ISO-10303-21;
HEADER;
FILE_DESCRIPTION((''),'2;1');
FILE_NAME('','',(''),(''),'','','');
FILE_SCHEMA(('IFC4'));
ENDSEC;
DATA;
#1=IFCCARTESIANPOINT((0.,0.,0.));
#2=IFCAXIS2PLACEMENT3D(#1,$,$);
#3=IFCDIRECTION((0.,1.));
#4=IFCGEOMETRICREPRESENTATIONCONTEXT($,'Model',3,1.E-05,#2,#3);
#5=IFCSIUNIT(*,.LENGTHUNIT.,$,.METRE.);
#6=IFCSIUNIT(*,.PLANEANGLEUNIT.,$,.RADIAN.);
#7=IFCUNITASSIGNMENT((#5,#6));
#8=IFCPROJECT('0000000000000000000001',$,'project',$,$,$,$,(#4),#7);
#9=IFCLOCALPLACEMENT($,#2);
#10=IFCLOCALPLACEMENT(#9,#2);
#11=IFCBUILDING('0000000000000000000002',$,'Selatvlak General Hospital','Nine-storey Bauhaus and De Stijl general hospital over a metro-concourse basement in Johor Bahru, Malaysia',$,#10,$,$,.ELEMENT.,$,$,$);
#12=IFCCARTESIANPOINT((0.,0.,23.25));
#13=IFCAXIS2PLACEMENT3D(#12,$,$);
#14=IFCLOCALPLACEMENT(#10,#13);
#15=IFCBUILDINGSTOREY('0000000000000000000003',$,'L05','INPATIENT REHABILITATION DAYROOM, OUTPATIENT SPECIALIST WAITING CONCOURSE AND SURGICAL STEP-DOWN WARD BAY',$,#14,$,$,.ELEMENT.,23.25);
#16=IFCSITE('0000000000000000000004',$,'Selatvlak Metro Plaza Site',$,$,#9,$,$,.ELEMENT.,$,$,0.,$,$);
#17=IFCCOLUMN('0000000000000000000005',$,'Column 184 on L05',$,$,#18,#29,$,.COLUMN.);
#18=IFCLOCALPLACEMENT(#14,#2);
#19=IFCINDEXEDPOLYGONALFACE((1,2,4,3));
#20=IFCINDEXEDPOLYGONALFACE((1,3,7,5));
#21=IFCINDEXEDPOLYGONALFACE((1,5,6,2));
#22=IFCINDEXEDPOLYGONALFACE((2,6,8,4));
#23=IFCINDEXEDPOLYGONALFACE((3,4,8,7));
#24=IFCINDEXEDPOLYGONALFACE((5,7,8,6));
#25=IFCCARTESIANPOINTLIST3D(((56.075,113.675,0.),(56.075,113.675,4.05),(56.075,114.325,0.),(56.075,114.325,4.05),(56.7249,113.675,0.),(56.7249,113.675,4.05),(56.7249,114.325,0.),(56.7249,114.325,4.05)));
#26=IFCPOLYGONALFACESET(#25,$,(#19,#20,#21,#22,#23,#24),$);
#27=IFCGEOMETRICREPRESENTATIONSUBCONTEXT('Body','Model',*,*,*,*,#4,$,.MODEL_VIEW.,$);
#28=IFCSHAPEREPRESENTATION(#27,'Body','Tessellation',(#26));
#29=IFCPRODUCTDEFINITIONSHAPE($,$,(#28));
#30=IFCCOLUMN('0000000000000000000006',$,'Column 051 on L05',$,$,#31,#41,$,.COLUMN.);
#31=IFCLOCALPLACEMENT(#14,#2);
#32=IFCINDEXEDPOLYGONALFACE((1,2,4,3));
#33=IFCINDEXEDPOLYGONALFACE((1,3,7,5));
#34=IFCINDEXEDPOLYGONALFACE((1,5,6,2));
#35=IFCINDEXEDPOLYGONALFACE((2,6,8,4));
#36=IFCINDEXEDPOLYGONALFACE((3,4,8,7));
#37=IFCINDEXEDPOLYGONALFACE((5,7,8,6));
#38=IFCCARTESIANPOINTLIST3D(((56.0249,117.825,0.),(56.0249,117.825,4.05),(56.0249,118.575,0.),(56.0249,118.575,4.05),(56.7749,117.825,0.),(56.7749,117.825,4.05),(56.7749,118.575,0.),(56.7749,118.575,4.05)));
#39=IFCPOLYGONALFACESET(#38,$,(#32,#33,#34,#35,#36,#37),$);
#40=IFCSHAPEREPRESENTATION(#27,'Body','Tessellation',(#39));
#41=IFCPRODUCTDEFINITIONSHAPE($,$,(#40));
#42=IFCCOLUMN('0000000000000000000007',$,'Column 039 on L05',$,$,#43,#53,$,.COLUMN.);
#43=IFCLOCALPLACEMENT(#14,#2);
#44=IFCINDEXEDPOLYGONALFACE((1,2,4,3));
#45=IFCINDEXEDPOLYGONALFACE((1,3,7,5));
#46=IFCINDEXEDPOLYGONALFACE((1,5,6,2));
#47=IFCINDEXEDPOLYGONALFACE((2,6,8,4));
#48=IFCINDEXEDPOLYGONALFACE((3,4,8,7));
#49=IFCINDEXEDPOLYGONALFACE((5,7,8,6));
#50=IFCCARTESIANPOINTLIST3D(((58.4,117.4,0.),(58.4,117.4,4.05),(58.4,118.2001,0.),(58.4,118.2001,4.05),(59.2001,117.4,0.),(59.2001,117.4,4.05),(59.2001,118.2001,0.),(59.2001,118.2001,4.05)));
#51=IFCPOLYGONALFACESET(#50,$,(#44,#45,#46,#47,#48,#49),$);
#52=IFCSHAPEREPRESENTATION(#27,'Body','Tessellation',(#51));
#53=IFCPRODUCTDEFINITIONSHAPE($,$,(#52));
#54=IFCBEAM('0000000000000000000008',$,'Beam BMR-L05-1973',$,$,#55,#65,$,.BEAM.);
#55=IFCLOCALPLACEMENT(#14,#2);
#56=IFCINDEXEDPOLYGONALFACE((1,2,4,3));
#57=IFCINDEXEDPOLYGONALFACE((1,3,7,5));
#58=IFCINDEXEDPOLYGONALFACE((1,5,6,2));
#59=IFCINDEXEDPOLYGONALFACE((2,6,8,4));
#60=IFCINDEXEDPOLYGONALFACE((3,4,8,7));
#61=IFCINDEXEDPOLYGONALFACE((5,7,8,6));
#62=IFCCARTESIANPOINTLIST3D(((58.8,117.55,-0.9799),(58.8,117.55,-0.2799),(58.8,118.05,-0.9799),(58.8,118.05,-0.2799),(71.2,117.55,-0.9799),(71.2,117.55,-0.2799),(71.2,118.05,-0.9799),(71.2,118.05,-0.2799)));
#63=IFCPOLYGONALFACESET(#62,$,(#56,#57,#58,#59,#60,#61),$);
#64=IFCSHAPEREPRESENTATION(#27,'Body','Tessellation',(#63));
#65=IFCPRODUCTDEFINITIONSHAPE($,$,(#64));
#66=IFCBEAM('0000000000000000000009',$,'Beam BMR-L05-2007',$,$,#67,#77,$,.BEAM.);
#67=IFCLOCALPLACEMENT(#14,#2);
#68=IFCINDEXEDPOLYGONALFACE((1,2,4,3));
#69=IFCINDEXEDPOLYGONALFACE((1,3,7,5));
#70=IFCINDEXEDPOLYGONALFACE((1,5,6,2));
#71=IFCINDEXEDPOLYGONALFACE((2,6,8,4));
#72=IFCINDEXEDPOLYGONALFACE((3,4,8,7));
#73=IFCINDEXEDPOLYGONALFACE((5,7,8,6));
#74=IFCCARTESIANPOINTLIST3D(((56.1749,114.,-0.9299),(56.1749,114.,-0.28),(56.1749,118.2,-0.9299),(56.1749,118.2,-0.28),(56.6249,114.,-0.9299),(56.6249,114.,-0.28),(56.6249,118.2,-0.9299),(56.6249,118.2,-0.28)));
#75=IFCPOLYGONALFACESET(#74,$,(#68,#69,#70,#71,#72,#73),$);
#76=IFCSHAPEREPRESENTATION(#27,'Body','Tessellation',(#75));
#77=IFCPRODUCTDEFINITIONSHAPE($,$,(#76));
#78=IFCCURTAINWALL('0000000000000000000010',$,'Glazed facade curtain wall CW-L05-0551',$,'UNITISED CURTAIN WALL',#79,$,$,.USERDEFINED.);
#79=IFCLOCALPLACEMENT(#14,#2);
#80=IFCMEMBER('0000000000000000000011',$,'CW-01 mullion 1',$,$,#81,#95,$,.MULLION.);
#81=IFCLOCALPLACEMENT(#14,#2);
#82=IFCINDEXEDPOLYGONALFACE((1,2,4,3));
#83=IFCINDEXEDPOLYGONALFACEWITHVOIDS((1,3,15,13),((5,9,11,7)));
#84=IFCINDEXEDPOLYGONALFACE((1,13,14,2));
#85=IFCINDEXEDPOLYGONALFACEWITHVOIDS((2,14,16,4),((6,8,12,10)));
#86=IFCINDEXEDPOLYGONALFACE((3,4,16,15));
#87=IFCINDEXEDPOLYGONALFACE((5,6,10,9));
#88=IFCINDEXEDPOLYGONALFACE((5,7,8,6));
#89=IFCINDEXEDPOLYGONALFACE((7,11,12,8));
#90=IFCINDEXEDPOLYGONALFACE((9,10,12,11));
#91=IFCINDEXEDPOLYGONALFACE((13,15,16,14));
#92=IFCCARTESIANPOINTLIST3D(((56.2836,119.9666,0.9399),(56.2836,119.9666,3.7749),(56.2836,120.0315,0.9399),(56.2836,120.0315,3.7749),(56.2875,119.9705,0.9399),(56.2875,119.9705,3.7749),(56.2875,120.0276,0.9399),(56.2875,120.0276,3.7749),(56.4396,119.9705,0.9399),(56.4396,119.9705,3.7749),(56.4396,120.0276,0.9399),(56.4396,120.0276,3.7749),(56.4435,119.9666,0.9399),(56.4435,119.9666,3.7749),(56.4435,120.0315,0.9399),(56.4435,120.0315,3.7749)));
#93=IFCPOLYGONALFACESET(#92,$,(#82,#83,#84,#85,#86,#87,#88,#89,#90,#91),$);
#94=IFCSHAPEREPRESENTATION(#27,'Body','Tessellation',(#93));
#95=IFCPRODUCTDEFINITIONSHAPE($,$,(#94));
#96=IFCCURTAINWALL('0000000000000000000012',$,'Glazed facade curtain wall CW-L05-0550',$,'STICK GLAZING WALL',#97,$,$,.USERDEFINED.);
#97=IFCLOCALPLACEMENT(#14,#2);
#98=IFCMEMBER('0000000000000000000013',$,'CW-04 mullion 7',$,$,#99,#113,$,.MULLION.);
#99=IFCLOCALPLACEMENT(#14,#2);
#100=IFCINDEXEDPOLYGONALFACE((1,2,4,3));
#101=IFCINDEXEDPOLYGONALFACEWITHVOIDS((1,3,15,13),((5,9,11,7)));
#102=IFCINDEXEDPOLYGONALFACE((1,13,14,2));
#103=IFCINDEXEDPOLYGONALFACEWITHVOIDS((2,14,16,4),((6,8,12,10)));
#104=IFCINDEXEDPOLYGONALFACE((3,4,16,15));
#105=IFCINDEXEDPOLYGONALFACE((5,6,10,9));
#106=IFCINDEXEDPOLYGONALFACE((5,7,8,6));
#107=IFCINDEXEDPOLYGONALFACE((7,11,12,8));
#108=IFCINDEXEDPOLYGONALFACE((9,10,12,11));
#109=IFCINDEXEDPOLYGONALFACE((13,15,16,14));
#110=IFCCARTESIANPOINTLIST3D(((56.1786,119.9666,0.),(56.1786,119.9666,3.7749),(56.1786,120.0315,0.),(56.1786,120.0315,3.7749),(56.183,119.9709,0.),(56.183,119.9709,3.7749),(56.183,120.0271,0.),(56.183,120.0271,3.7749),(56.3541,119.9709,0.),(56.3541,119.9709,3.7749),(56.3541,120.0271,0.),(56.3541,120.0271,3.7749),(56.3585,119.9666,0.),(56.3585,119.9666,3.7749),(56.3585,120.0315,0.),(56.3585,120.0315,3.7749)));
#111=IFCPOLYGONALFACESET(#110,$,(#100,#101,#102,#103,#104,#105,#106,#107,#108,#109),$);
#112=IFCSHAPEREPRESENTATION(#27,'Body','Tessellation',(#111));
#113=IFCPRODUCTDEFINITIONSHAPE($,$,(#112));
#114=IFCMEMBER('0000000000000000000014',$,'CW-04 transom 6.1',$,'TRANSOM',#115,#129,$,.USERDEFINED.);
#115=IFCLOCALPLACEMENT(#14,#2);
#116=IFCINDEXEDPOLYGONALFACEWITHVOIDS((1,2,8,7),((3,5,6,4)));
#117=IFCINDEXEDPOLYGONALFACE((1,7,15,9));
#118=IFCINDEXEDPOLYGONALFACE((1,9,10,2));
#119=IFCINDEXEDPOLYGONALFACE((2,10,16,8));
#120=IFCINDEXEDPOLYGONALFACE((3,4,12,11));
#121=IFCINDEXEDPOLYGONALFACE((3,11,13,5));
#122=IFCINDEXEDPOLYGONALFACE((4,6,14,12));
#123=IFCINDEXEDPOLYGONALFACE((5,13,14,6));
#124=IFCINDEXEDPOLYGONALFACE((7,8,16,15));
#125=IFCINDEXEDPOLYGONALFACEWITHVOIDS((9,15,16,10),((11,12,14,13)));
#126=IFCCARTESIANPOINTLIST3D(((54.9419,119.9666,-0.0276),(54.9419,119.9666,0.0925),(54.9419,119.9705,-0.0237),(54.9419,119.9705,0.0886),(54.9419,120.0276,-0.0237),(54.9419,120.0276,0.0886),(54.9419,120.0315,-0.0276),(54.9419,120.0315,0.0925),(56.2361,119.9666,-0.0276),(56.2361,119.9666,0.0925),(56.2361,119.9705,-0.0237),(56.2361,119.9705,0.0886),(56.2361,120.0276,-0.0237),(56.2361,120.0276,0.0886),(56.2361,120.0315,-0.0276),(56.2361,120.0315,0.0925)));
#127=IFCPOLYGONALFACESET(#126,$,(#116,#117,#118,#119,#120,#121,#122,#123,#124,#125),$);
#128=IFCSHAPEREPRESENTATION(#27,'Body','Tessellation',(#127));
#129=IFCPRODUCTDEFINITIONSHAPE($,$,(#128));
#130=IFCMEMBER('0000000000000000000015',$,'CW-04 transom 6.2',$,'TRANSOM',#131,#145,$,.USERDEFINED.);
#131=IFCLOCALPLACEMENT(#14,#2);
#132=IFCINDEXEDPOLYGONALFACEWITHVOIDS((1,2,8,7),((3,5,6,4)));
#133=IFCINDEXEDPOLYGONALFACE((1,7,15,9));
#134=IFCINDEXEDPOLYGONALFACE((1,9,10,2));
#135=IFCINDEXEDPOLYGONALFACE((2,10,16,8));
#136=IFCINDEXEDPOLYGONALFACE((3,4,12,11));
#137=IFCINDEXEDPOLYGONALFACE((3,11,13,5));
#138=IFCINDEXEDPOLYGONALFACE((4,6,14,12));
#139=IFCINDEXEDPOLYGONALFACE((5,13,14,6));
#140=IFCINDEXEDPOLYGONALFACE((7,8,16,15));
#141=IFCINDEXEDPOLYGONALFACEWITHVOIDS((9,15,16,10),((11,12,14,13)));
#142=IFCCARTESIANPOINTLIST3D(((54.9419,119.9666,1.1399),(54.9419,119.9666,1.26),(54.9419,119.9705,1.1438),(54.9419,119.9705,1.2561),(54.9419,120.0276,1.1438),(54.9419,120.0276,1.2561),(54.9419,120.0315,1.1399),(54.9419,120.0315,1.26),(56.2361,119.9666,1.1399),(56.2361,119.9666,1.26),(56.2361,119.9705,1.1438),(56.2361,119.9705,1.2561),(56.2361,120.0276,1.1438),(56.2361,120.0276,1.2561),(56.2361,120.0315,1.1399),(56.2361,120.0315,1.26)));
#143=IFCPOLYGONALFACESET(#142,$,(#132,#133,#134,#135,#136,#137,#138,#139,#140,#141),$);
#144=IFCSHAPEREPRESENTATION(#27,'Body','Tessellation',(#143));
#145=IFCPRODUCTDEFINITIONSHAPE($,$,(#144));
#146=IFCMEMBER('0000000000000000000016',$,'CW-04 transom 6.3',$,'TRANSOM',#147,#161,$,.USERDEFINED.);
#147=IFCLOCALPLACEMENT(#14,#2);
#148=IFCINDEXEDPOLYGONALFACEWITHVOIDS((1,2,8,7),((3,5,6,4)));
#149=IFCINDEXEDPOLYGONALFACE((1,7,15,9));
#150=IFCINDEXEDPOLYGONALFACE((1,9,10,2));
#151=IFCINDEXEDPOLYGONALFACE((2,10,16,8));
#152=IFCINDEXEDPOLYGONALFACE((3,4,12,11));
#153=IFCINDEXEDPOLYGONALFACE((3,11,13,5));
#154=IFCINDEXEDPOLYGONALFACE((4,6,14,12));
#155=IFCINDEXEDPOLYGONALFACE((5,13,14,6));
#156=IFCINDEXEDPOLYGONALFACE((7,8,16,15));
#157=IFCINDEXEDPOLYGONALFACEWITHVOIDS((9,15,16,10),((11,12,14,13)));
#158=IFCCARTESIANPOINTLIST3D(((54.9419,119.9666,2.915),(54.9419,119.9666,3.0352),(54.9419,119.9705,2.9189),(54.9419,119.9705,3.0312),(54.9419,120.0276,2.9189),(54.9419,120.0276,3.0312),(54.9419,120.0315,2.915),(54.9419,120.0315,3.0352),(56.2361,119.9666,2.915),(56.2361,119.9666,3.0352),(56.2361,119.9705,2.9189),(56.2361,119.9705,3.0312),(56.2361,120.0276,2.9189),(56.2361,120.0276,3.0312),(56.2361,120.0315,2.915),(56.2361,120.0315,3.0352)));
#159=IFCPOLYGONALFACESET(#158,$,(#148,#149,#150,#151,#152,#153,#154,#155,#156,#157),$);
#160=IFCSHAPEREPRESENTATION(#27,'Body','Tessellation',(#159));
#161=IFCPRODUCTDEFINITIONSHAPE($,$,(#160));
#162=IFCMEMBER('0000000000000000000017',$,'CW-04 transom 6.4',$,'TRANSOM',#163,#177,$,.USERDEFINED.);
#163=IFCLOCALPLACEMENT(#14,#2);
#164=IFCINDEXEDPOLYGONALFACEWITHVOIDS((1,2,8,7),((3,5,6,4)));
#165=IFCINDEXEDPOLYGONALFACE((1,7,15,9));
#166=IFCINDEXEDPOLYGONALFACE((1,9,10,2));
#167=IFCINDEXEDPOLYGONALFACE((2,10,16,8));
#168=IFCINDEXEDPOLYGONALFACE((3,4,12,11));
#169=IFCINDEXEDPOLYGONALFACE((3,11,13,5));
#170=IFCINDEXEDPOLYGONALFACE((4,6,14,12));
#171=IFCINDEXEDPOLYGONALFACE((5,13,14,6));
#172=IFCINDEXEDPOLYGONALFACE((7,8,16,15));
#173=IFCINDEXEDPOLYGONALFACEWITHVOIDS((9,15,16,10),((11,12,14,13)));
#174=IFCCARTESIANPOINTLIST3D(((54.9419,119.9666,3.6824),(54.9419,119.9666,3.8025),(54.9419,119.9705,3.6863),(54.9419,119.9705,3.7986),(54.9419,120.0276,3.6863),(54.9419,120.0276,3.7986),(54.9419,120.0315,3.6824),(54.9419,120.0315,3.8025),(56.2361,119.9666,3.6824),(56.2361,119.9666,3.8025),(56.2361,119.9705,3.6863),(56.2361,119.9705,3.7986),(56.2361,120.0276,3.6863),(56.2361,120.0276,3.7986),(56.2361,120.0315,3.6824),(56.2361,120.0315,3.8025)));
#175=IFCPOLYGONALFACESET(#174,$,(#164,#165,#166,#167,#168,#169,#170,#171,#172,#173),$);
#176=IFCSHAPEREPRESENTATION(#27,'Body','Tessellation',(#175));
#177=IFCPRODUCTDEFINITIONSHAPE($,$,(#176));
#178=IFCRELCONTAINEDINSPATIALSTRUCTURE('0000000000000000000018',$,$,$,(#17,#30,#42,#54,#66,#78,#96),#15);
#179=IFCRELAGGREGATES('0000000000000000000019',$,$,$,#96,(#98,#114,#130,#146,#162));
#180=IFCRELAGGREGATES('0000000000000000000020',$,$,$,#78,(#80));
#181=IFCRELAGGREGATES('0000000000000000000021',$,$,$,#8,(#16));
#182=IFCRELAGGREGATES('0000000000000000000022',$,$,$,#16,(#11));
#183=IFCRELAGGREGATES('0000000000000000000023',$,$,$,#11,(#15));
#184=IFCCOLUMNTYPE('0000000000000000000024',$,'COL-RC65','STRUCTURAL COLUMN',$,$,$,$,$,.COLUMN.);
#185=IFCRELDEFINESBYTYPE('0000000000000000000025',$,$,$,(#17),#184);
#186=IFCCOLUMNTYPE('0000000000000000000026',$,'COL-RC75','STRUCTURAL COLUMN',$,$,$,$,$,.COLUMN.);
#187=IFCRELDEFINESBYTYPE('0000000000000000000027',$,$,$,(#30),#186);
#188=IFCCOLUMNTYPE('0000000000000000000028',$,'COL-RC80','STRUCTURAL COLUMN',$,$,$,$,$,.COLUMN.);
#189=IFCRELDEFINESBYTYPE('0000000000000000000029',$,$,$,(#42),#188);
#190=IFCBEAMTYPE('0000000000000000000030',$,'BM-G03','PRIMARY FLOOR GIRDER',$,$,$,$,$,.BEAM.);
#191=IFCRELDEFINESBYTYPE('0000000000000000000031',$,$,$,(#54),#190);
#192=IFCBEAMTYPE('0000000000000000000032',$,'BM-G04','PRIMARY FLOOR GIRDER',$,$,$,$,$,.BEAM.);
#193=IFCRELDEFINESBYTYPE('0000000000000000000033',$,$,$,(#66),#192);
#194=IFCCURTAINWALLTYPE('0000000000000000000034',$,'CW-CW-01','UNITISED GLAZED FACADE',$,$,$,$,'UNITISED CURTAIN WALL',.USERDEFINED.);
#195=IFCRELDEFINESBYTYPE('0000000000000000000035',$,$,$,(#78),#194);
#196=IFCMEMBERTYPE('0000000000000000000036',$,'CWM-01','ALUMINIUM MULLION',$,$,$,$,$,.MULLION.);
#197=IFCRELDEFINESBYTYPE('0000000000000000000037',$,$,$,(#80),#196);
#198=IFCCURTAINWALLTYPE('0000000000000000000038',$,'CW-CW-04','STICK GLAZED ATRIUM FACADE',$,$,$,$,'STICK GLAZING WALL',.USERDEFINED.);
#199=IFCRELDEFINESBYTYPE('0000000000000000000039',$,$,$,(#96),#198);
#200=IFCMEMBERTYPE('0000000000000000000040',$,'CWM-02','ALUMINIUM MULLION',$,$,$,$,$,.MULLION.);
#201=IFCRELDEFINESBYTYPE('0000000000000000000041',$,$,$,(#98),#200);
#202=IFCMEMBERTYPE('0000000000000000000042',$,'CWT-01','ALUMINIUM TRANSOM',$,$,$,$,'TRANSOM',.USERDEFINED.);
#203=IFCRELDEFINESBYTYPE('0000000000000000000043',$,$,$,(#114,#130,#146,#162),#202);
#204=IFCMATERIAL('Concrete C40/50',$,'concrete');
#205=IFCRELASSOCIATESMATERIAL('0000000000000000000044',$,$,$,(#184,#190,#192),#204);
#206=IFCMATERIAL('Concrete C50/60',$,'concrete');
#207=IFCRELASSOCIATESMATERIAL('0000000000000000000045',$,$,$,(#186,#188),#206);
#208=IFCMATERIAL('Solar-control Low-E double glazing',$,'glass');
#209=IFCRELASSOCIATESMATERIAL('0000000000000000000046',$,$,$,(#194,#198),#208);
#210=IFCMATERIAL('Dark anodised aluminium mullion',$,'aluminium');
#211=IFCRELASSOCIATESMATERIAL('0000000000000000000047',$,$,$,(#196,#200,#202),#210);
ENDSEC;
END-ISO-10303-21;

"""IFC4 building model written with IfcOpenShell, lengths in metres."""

from ifc_helpers import new_model, si_unit, direction, frame, origin, origin_2d, place, context, subcontext, project, spatial, rectangle, hollow_rectangle, extrude, material, material_profile, profile_set, type_object, element, aggregate, save


model = new_model("IFC4")

# Units and contexts
model_context = context("Model", 3, precision=1e-05, world=origin(), true_north=direction((0.0, 1.0)))
body_context = subcontext(model_context, "Body", "Model", "MODEL_VIEW")
ifc_project = project(units=[si_unit("LENGTHUNIT", "METRE"), si_unit("PLANEANGLEUNIT", "RADIAN")], contexts=[model_context])

# Site, building, storey
site_placement = place(None, origin())
site = spatial("IfcSite", under=ifc_project, at=site_placement, Name="Selatvlak Metro Plaza Site", CompositionType="ELEMENT", RefElevation=0.0)
building_placement = place(site_placement, origin())
building = spatial("IfcBuilding", under=site, at=building_placement, Name="Selatvlak General Hospital", Description="Nine-storey Bauhaus and De Stijl general hospital over a metro-concourse basement in Johor Bahru, Malaysia", CompositionType="ELEMENT")
storey_placement = place(building_placement, frame((0.0, 0.0, 23.25)))
storey = spatial("IfcBuildingStorey", under=building, at=storey_placement, Name="L05", Description="INPATIENT REHABILITATION DAYROOM, OUTPATIENT SPECIALIST WAITING CONCOURSE AND SURGICAL STEP-DOWN WARD BAY", CompositionType="ELEMENT", Elevation=23.25)

# Columns
ifc_material_1 = material(Name="Concrete C40/50", Category="concrete")
ifc_material_profile_1 = material_profile(ifc_material_1, rectangle(XDim=0.6499, YDim=0.6499, at=origin_2d()), Name="RC-COL 650x650")
ifc_profile_set_1 = profile_set([ifc_material_profile_1], Name="Concrete C40/50")
column_type_1 = type_object("IfcColumnType", Name="COL-RC65", Description="STRUCTURAL COLUMN", PredefinedType="COLUMN", material=ifc_profile_set_1)
column_1_placement = place(storey_placement, frame((56.3999, 114.0, 0.0), z_axis=(0.0, 0.0, 1.0), x_axis=(1.0, 0.0, 0.0)))
element("IfcColumn", 1, at=column_1_placement, inside=storey, type_object=column_type_1, Name="Column 184 on L05", PredefinedType="COLUMN", context=body_context, shape_type="SweptSolid", body=[
    extrude(rectangle(XDim=0.6499, YDim=0.6499, at=origin_2d()), origin(), (0.0, 0.0, 1.0), 4.05),
])
ifc_material_2 = material(Name="Concrete C50/60", Category="concrete")
ifc_material_profile_2 = material_profile(ifc_material_2, rectangle(XDim=0.75, YDim=0.75, at=origin_2d()), Name="RC-COL 750x750")
ifc_profile_set_2 = profile_set([ifc_material_profile_2], Name="Concrete C50/60")
column_type_2 = type_object("IfcColumnType", Name="COL-RC75", Description="STRUCTURAL COLUMN", PredefinedType="COLUMN", material=ifc_profile_set_2)
column_2_placement = place(storey_placement, frame((56.3999, 118.2, 0.0), z_axis=(0.0, 0.0, 1.0), x_axis=(1.0, 0.0, 0.0)))
element("IfcColumn", 2, at=column_2_placement, inside=storey, type_object=column_type_2, Name="Column 051 on L05", PredefinedType="COLUMN", context=body_context, shape_type="SweptSolid", body=[
    extrude(rectangle(XDim=0.75, YDim=0.75, at=origin_2d()), origin(), (0.0, 0.0, 1.0), 4.05),
])
ifc_material_profile_3 = material_profile(ifc_material_2, rectangle(XDim=0.8, YDim=0.8, at=origin_2d()), Name="RC-COL 800x800")
ifc_profile_set_3 = profile_set([ifc_material_profile_3], Name="Concrete C50/60")
column_type_3 = type_object("IfcColumnType", Name="COL-RC80", Description="STRUCTURAL COLUMN", PredefinedType="COLUMN", material=ifc_profile_set_3)
column_3_placement = place(storey_placement, frame((58.8, 117.8, 0.0), z_axis=(0.0, 0.0, 1.0), x_axis=(1.0, 0.0, 0.0)))
element("IfcColumn", 3, at=column_3_placement, inside=storey, type_object=column_type_3, Name="Column 039 on L05", PredefinedType="COLUMN", context=body_context, shape_type="SweptSolid", body=[
    extrude(rectangle(XDim=0.8, YDim=0.8, at=origin_2d()), origin(), (0.0, 0.0, 1.0), 4.05),
])

# Beams
ifc_material_profile_4 = material_profile(ifc_material_1, rectangle(XDim=0.5, YDim=0.7, at=origin_2d()), Name="RC-BM 500x700")
ifc_profile_set_4 = profile_set([ifc_material_profile_4], Name="Concrete C40/50")
beam_type_1 = type_object("IfcBeamType", Name="BM-G03", Description="PRIMARY FLOOR GIRDER", PredefinedType="BEAM", material=ifc_profile_set_4)
beam_1_placement = place(storey_placement, frame((58.8, 117.8, -0.6299), z_axis=(1.0, 0.0, 0.0), x_axis=(0.0, 1.0, 0.0)))
element("IfcBeam", 4, at=beam_1_placement, inside=storey, type_object=beam_type_1, Name="Beam BMR-L05-1973", PredefinedType="BEAM", context=body_context, shape_type="SweptSolid", body=[
    extrude(rectangle(XDim=0.5, YDim=0.7, at=origin_2d()), origin(), (0.0, 0.0, 1.0), 12.3999),
])
ifc_material_profile_5 = material_profile(ifc_material_1, rectangle(XDim=0.45, YDim=0.6499, at=origin_2d()), Name="RC-BM 450x650")
ifc_profile_set_5 = profile_set([ifc_material_profile_5], Name="Concrete C40/50")
beam_type_2 = type_object("IfcBeamType", Name="BM-G04", Description="PRIMARY FLOOR GIRDER", PredefinedType="BEAM", material=ifc_profile_set_5)
beam_2_placement = place(storey_placement, frame((56.3999, 114.0, -0.605), z_axis=(0.0, 1.0, 0.0), x_axis=(-1.0, 0.0, 0.0)))
element("IfcBeam", 5, at=beam_2_placement, inside=storey, type_object=beam_type_2, Name="Beam BMR-L05-2007", PredefinedType="BEAM", context=body_context, shape_type="SweptSolid", body=[
    extrude(rectangle(XDim=0.45, YDim=0.6499, at=origin_2d()), origin(), (0.0, 0.0, 1.0), 4.2),
])

# Curtain wall, member
ifc_material_3 = material(Name="Solar-control Low-E double glazing", Category="glass")
curtain_wall_type_1 = type_object("IfcCurtainWallType", Name="CW-CW-01", Description="UNITISED GLAZED FACADE", ElementType="UNITISED CURTAIN WALL", PredefinedType="USERDEFINED", material=ifc_material_3)
curtain_wall_1_placement = place(storey_placement, origin())
curtain_wall_1 = element("IfcCurtainWall", 6, at=curtain_wall_1_placement, inside=storey, type_object=curtain_wall_type_1, Name="Glazed facade curtain wall CW-L05-0551", ObjectType="UNITISED CURTAIN WALL", PredefinedType="USERDEFINED")
ifc_material_4 = material(Name="Dark anodised aluminium mullion", Category="aluminium")
ifc_material_profile_6 = material_profile(ifc_material_4, hollow_rectangle(XDim=0.0649, YDim=0.1599, WallThickness=0.0039, at=origin_2d()), Name="AL-MUL 65x160x4")
ifc_profile_set_6 = profile_set([ifc_material_profile_6], Name="Dark anodised aluminium mullion")
member_type_1 = type_object("IfcMemberType", Name="CWM-01", Description="ALUMINIUM MULLION", PredefinedType="MULLION", material=ifc_profile_set_6)
member_1_placement = place(storey_placement, frame((56.3635, 119.999, 0.9399), z_axis=(0.0, 0.0, 1.0), x_axis=(0.0, 1.0, 0.0)))
member_1 = element("IfcMember", 7, at=member_1_placement, type_object=member_type_1, Name="CW-01 mullion 1", PredefinedType="MULLION", context=body_context, shape_type="SweptSolid", body=[
    extrude(hollow_rectangle(XDim=0.0649, YDim=0.1599, WallThickness=0.0039, at=origin_2d()), origin(), (0.0, 0.0, 1.0), 2.835),
])

# Curtain wall, members
curtain_wall_type_2 = type_object("IfcCurtainWallType", Name="CW-CW-04", Description="STICK GLAZED ATRIUM FACADE", ElementType="STICK GLAZING WALL", PredefinedType="USERDEFINED", material=ifc_material_3)
curtain_wall_2_placement = place(storey_placement, origin())
curtain_wall_2 = element("IfcCurtainWall", 8, at=curtain_wall_2_placement, inside=storey, type_object=curtain_wall_type_2, Name="Glazed facade curtain wall CW-L05-0550", ObjectType="STICK GLAZING WALL", PredefinedType="USERDEFINED")
ifc_material_profile_7 = material_profile(ifc_material_4, hollow_rectangle(XDim=0.0649, YDim=0.1799, WallThickness=0.0044, at=origin_2d()), Name="AL-MUL 65x180x4.5")
ifc_profile_set_7 = profile_set([ifc_material_profile_7], Name="Dark anodised aluminium mullion")
member_type_2 = type_object("IfcMemberType", Name="CWM-02", Description="ALUMINIUM MULLION", PredefinedType="MULLION", material=ifc_profile_set_7)
member_2_placement = place(storey_placement, frame((56.2686, 119.999, 0.0), z_axis=(0.0, 0.0, 1.0), x_axis=(0.0, 1.0, 0.0)))
member_2 = element("IfcMember", 9, at=member_2_placement, type_object=member_type_2, Name="CW-04 mullion 7", PredefinedType="MULLION", context=body_context, shape_type="SweptSolid", body=[
    extrude(hollow_rectangle(XDim=0.0649, YDim=0.1799, WallThickness=0.0044, at=origin_2d()), origin(), (0.0, 0.0, 1.0), 3.7749),
])
ifc_material_profile_8 = material_profile(ifc_material_4, hollow_rectangle(XDim=0.0649, YDim=0.1201, WallThickness=0.0039, at=origin_2d()), Name="AL-TRN 65x120x4")
ifc_profile_set_8 = profile_set([ifc_material_profile_8], Name="Dark anodised aluminium mullion")
member_type_3 = type_object("IfcMemberType", Name="CWT-01", Description="ALUMINIUM TRANSOM", ElementType="TRANSOM", PredefinedType="USERDEFINED", material=ifc_profile_set_8)
member_3_placement = place(storey_placement, frame((54.9419, 119.999, 0.0325), z_axis=(1.0, 0.0, 0.0), x_axis=(0.0, 1.0, 0.0)))
member_3 = element("IfcMember", 10, at=member_3_placement, type_object=member_type_3, Name="CW-04 transom 6.1", ObjectType="TRANSOM", PredefinedType="USERDEFINED", context=body_context, shape_type="SweptSolid", body=[
    extrude(hollow_rectangle(XDim=0.0649, YDim=0.1201, WallThickness=0.0039, at=origin_2d()), origin(), (0.0, 0.0, 1.0), 1.2942),
])
member_4_placement = place(storey_placement, frame((54.9419, 119.999, 1.2), z_axis=(1.0, 0.0, 0.0), x_axis=(0.0, 1.0, 0.0)))
member_4 = element("IfcMember", 11, at=member_4_placement, type_object=member_type_3, Name="CW-04 transom 6.2", ObjectType="TRANSOM", PredefinedType="USERDEFINED", context=body_context, shape_type="SweptSolid", body=[
    extrude(hollow_rectangle(XDim=0.0649, YDim=0.1201, WallThickness=0.0039, at=origin_2d()), origin(), (0.0, 0.0, 1.0), 1.2942),
])
member_5_placement = place(storey_placement, frame((54.9419, 119.999, 2.9751), z_axis=(1.0, 0.0, 0.0), x_axis=(0.0, 1.0, 0.0)))
member_5 = element("IfcMember", 12, at=member_5_placement, type_object=member_type_3, Name="CW-04 transom 6.3", ObjectType="TRANSOM", PredefinedType="USERDEFINED", context=body_context, shape_type="SweptSolid", body=[
    extrude(hollow_rectangle(XDim=0.0649, YDim=0.1201, WallThickness=0.0039, at=origin_2d()), origin(), (0.0, 0.0, 1.0), 1.2942),
])
member_6_placement = place(storey_placement, frame((54.9419, 119.999, 3.7424), z_axis=(1.0, 0.0, 0.0), x_axis=(0.0, 1.0, 0.0)))
member_6 = element("IfcMember", 13, at=member_6_placement, type_object=member_type_3, Name="CW-04 transom 6.4", ObjectType="TRANSOM", PredefinedType="USERDEFINED", context=body_context, shape_type="SweptSolid", body=[
    extrude(hollow_rectangle(XDim=0.0649, YDim=0.1201, WallThickness=0.0039, at=origin_2d()), origin(), (0.0, 0.0, 1.0), 1.2942),
])

aggregate(curtain_wall_2, [member_2, member_3, member_4, member_5, member_6])
aggregate(curtain_wall_1, [member_1])

save(model, "model.ifc")
